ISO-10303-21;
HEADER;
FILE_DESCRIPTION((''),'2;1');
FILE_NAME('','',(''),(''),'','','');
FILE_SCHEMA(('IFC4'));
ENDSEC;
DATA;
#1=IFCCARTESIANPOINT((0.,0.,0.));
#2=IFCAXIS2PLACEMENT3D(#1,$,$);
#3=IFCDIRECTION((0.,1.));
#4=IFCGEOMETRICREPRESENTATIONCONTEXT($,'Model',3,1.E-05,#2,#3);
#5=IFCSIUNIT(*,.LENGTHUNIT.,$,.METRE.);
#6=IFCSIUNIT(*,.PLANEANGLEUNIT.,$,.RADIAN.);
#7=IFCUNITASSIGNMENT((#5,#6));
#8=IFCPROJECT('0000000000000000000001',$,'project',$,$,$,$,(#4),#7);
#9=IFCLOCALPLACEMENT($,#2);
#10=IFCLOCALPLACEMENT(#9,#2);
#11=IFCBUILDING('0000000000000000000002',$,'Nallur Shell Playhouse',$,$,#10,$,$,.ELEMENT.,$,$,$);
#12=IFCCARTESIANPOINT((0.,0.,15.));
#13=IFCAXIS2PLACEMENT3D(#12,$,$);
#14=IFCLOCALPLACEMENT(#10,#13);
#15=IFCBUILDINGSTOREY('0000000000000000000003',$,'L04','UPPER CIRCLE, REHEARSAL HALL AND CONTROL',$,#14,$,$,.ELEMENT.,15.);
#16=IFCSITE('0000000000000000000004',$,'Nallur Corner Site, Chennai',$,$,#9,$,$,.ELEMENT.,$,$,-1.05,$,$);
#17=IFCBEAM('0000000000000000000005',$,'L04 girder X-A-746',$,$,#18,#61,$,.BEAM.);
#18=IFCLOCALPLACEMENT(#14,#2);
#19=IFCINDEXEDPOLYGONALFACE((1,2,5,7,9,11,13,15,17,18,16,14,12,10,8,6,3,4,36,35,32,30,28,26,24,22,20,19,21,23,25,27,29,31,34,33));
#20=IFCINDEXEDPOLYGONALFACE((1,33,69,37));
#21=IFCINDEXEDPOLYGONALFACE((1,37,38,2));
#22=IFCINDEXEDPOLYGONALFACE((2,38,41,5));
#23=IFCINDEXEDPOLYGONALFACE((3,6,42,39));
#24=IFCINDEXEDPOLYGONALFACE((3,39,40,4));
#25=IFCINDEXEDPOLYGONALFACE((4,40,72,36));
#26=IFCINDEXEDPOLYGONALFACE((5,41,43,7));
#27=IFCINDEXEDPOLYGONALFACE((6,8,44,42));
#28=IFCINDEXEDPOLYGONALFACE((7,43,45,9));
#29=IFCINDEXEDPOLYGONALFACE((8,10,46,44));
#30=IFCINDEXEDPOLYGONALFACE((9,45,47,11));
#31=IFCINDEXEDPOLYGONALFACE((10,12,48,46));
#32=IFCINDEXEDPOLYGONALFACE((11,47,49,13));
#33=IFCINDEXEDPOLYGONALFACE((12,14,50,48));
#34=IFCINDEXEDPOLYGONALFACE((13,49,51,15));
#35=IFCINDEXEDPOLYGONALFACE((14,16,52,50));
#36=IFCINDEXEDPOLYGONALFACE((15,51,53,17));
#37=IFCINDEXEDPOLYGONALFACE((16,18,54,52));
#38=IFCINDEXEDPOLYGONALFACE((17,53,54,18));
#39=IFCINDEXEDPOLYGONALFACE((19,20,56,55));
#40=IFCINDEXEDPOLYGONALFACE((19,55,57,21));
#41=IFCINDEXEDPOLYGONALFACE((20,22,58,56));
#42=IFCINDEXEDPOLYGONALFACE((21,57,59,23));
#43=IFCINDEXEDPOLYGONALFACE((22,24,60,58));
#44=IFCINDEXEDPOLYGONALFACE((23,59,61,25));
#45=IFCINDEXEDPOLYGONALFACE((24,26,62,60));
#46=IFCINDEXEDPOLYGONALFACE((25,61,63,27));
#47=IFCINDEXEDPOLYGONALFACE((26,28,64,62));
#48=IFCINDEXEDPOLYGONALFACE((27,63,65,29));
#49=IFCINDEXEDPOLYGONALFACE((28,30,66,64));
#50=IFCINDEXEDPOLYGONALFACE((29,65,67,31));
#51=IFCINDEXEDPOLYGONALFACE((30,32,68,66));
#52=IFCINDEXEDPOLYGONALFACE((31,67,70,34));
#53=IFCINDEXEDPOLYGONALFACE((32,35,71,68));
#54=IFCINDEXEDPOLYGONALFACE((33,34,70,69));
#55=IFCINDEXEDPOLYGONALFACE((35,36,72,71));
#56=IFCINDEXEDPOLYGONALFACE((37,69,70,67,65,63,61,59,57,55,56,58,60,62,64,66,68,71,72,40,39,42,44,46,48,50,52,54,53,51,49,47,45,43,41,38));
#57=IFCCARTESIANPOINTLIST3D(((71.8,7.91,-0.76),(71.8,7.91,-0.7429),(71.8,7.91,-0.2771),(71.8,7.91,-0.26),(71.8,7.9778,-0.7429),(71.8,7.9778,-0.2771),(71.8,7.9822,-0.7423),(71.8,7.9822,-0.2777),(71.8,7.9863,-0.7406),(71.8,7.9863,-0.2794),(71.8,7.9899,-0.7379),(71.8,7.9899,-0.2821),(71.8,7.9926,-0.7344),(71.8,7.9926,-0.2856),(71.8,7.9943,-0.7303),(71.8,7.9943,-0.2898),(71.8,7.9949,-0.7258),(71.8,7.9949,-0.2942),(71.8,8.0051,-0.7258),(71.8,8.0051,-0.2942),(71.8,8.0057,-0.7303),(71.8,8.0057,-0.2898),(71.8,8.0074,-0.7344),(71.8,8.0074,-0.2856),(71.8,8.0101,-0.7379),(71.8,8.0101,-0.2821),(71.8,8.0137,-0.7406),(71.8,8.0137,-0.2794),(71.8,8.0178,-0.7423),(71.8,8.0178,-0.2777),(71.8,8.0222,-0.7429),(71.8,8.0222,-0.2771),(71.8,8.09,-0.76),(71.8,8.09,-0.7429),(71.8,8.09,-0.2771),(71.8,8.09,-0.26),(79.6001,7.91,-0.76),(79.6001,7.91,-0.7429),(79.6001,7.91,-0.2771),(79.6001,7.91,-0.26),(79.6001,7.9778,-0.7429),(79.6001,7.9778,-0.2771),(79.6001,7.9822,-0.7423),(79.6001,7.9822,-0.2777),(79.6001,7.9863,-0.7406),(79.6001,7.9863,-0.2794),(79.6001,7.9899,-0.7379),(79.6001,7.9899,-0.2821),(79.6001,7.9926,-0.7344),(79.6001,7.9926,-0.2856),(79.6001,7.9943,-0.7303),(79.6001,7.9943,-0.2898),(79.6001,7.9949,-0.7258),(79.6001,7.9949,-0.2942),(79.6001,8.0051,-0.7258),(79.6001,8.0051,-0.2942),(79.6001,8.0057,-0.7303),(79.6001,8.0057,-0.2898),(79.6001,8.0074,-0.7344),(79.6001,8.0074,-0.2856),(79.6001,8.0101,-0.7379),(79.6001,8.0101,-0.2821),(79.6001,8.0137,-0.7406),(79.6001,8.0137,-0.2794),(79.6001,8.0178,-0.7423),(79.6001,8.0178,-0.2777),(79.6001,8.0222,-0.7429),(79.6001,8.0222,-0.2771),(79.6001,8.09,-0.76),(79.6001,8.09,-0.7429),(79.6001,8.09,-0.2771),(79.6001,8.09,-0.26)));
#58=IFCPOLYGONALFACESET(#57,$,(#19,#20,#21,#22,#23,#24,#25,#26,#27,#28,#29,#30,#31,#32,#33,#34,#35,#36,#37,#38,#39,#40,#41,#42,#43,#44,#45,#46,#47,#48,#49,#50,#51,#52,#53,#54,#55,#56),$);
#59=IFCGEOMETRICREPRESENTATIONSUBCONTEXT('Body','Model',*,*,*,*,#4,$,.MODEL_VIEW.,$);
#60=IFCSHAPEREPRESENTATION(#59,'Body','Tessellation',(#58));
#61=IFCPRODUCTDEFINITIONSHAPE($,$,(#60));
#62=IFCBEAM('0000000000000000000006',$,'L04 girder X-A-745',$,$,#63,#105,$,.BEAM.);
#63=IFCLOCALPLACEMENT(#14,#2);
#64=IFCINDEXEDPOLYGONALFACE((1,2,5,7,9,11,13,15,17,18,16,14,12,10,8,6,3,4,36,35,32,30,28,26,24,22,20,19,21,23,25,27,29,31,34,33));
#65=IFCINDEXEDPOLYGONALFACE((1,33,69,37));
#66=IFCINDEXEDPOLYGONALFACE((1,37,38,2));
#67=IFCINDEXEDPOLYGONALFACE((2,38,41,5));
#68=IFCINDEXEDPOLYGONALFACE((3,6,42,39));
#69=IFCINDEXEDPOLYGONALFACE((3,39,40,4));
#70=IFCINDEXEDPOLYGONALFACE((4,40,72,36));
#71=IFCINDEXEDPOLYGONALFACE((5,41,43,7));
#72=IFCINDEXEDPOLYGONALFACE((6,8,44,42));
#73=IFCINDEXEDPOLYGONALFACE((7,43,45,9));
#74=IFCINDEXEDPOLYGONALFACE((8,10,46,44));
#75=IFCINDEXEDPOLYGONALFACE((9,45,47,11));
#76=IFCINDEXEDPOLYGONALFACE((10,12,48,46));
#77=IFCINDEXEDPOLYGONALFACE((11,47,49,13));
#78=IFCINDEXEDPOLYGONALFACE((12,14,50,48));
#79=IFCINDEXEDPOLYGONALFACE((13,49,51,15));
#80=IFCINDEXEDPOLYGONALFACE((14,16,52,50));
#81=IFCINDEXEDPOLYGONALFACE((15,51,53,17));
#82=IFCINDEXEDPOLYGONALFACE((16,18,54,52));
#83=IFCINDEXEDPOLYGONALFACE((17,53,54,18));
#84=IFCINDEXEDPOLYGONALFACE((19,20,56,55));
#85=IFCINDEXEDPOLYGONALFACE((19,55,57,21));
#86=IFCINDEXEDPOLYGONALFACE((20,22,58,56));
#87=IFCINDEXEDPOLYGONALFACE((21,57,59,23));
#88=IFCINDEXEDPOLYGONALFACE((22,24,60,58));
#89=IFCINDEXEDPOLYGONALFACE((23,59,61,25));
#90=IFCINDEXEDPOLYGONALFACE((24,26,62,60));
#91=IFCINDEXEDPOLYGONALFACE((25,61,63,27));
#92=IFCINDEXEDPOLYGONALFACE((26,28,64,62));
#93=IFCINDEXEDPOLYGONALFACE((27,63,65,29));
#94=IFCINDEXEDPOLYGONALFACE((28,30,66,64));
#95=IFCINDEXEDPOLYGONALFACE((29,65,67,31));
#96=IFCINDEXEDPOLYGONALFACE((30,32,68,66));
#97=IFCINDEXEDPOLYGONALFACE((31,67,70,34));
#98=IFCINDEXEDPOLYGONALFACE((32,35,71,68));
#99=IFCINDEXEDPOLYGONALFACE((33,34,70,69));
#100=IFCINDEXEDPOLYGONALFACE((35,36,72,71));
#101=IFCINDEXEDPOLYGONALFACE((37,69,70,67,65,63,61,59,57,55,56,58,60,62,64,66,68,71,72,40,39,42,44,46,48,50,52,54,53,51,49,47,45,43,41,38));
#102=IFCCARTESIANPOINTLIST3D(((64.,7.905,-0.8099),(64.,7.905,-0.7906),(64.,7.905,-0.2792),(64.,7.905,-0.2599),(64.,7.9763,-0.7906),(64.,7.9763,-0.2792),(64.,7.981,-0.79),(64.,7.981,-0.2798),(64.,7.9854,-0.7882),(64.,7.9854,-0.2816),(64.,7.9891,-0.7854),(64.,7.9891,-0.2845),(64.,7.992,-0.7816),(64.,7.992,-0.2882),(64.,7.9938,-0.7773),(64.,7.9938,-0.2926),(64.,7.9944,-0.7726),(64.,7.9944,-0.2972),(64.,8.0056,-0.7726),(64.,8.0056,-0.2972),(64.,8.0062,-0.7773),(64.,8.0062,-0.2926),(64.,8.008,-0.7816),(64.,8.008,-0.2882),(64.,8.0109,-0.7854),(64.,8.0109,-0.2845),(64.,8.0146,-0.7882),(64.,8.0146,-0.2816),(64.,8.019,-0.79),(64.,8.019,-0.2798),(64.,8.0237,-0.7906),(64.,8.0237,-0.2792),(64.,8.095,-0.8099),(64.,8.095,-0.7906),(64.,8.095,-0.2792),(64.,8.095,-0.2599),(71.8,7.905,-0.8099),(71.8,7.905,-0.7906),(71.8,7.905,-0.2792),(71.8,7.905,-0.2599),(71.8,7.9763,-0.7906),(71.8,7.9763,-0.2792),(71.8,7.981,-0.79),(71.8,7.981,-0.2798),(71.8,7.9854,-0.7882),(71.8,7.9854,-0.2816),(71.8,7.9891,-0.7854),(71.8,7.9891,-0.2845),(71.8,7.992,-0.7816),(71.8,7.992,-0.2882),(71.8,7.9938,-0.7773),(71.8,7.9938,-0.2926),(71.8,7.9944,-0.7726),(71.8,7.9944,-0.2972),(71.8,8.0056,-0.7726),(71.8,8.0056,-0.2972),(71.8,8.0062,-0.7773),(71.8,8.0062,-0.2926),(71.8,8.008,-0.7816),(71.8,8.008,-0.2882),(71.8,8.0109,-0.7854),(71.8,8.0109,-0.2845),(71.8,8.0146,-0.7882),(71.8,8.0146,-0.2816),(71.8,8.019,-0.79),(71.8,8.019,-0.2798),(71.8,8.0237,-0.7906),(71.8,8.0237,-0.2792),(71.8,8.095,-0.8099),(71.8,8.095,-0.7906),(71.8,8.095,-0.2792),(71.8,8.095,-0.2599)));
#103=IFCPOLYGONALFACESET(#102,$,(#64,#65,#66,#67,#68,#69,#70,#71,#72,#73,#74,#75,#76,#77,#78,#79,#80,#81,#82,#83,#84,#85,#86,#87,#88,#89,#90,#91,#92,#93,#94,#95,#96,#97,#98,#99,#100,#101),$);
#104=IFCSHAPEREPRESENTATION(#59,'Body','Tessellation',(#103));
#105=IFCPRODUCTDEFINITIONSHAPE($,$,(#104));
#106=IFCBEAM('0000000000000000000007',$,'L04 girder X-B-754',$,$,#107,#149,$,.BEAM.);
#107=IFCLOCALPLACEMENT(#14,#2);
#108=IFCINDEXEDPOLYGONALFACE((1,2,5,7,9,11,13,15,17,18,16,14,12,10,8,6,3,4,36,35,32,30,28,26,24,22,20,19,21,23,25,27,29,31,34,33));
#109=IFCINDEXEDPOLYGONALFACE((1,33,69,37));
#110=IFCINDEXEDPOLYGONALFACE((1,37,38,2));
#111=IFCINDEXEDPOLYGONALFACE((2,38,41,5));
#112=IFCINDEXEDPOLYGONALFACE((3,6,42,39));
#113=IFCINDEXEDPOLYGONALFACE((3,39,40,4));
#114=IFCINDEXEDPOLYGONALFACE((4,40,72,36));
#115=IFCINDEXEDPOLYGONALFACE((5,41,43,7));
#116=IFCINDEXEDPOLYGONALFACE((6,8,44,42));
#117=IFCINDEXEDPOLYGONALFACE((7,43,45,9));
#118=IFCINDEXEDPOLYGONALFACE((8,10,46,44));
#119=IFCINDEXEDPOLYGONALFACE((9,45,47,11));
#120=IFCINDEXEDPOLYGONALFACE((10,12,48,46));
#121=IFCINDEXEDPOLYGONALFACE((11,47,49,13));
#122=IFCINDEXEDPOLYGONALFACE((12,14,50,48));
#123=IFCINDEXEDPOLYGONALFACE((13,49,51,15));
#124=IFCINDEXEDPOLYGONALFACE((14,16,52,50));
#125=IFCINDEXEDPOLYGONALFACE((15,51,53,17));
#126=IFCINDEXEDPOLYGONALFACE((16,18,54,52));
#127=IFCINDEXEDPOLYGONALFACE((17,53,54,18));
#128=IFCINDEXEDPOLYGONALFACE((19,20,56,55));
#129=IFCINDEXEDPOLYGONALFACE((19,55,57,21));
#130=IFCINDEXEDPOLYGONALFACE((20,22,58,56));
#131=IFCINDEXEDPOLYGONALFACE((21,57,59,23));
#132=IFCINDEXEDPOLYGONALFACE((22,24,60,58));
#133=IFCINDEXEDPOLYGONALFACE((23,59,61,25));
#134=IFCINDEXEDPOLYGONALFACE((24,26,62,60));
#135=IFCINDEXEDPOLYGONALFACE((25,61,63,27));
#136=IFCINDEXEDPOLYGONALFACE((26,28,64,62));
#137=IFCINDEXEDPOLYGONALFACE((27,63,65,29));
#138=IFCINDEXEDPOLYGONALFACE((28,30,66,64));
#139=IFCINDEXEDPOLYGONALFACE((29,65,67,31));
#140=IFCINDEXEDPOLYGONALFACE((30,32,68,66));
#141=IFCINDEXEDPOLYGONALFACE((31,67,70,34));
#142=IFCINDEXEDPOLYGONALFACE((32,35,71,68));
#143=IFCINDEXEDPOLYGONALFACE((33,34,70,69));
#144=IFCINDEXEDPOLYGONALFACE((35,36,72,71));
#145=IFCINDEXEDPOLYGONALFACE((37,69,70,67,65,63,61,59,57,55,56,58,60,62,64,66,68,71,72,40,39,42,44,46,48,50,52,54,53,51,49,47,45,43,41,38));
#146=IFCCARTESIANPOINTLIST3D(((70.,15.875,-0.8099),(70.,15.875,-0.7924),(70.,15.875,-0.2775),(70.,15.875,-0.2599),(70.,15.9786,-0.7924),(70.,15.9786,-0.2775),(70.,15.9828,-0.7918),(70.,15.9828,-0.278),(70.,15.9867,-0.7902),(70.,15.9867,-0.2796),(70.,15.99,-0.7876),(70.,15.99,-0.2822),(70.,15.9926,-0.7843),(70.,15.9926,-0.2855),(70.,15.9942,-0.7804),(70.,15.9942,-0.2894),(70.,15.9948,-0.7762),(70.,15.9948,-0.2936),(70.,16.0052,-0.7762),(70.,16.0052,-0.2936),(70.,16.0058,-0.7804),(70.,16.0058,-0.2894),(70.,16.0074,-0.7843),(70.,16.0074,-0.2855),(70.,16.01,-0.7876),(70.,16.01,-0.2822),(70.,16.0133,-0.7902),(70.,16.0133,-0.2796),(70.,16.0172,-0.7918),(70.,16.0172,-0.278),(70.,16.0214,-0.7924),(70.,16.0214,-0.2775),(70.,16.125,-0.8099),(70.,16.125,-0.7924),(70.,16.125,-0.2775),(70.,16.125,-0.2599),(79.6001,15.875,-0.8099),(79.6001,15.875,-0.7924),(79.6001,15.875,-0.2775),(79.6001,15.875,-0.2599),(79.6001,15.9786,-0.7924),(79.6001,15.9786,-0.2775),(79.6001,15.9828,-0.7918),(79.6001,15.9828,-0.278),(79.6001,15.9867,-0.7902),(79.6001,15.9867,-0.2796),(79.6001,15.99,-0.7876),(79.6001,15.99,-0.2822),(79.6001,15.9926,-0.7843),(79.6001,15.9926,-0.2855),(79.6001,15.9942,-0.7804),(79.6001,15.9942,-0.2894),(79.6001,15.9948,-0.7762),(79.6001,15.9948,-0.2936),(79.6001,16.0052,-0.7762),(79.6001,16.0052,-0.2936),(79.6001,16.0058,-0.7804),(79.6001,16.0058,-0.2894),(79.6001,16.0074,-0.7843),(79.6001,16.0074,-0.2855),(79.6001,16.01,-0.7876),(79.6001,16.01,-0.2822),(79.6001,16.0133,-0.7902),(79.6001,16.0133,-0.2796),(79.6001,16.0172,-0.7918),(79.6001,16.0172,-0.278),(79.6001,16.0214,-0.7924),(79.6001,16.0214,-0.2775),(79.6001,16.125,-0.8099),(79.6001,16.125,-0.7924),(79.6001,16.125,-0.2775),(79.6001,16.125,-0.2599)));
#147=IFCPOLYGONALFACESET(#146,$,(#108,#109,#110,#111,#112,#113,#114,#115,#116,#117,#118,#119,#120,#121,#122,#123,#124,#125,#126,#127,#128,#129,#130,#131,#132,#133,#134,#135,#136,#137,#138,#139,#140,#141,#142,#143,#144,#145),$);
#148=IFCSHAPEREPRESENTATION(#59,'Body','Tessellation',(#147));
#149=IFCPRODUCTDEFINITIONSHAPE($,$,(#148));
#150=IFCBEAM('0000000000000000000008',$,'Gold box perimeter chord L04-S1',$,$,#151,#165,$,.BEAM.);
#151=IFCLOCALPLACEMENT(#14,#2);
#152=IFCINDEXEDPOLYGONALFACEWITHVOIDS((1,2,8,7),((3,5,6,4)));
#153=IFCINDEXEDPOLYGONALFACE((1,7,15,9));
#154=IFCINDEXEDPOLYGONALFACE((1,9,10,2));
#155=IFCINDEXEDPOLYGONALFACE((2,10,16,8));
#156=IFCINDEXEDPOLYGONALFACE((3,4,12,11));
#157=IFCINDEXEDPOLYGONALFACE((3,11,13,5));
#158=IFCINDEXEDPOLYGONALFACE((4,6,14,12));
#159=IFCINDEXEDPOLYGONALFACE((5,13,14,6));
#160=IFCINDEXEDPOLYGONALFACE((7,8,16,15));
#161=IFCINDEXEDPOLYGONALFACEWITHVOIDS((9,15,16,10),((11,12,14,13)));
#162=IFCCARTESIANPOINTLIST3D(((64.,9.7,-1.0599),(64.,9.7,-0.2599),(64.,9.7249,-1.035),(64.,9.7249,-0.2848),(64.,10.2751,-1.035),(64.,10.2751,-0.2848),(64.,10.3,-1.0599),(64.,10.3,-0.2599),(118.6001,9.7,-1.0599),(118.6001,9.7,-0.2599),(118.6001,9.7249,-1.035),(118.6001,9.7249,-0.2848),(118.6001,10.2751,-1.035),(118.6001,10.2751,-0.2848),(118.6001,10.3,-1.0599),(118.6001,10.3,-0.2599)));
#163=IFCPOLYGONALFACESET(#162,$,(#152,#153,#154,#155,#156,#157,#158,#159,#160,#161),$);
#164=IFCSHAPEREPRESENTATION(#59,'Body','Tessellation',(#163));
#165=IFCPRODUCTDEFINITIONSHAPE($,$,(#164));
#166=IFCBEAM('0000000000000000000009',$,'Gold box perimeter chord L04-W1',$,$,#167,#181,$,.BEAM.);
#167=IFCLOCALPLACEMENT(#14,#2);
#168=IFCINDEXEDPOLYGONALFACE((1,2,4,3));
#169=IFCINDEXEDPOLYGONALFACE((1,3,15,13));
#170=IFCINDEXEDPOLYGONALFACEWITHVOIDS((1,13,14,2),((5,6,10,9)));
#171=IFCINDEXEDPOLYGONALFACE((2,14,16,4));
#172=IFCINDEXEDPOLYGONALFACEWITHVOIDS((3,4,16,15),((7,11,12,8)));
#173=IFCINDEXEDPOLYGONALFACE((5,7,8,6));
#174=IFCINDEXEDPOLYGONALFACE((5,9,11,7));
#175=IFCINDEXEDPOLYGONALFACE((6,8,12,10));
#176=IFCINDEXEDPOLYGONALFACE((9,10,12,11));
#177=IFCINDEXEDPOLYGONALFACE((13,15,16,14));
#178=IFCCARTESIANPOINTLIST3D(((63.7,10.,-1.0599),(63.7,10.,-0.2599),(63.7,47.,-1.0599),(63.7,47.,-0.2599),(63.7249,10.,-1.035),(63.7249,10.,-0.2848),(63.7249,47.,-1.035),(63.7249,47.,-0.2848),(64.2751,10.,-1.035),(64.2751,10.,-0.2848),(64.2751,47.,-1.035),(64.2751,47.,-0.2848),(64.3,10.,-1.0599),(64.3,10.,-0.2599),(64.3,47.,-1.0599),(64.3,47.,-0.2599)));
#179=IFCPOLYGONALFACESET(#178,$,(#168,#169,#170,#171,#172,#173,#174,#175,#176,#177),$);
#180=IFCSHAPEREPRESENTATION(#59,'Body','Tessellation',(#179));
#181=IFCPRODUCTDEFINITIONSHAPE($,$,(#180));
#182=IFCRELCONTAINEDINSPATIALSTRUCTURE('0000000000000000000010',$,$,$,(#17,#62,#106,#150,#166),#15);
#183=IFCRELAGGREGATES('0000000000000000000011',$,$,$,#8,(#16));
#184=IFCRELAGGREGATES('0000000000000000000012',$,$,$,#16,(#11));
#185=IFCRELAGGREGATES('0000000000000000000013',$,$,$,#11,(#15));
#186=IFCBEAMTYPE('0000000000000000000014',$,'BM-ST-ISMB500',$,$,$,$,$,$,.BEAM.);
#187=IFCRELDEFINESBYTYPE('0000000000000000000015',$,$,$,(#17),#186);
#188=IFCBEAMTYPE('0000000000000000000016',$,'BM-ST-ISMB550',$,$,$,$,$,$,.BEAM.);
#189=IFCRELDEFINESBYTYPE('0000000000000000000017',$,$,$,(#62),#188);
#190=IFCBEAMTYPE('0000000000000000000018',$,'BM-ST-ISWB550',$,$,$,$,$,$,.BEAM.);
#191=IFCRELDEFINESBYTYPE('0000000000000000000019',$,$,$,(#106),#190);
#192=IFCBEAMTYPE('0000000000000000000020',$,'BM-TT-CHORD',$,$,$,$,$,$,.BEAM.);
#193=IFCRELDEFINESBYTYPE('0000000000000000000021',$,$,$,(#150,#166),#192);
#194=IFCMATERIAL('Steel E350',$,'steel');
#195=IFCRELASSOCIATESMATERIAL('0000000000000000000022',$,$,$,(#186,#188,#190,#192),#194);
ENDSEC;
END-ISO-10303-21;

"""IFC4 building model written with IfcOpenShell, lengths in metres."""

from ifc_helpers import new_model, si_unit, direction, frame, origin, origin_2d, place, context, subcontext, project, spatial, hollow_rectangle, i_section, extrude, material, material_profile, profile_set, type_object, element, save


model = new_model("IFC4")

# Units and contexts
model_context = context("Model", 3, precision=1e-05, world=origin(), true_north=direction((0.0, 1.0)))
body_context = subcontext(model_context, "Body", "Model", "MODEL_VIEW")
ifc_project = project(units=[si_unit("LENGTHUNIT", "METRE"), si_unit("PLANEANGLEUNIT", "RADIAN")], contexts=[model_context])

# Site, building, storey
site_placement = place(None, origin())
site = spatial("IfcSite", under=ifc_project, at=site_placement, Name="Nallur Corner Site, Chennai", CompositionType="ELEMENT", RefElevation=-1.05)
building_placement = place(site_placement, origin())
building = spatial("IfcBuilding", under=site, at=building_placement, Name="Nallur Shell Playhouse", CompositionType="ELEMENT")
storey_placement = place(building_placement, frame((0.0, 0.0, 15.0)))
storey = spatial("IfcBuildingStorey", under=building, at=storey_placement, Name="L04", Description="UPPER CIRCLE, REHEARSAL HALL AND CONTROL", CompositionType="ELEMENT", Elevation=15.0)

# Beams
ifc_material_1 = material(Name="Steel E350", Category="steel")
ifc_material_profile_1 = material_profile(ifc_material_1, i_section(OverallWidth=0.1799, OverallDepth=0.5, WebThickness=0.0103, FlangeThickness=0.0171, FilletRadius=0.0171, at=origin_2d()), Name="ISMB 500")
ifc_profile_set_1 = profile_set([ifc_material_profile_1], Name="Steel E350")
beam_type_1 = type_object("IfcBeamType", Name="BM-ST-ISMB500", PredefinedType="BEAM", material=ifc_profile_set_1)
beam_1_placement = place(storey_placement, frame((71.8, 8.0, -0.51), z_axis=(1.0, 0.0, 0.0), x_axis=(0.0, 1.0, 0.0)))
element("IfcBeam", 1, at=beam_1_placement, inside=storey, type_object=beam_type_1, Name="L04 girder X-A-746", PredefinedType="BEAM", context=body_context, shape_type="SweptSolid", body=[
    extrude(i_section(OverallWidth=0.1799, OverallDepth=0.5, WebThickness=0.0103, FlangeThickness=0.0171, FilletRadius=0.0171, at=origin_2d()), origin(), (0.0, 0.0, 1.0), 7.8),
])
ifc_material_profile_2 = material_profile(ifc_material_1, i_section(OverallWidth=0.1899, OverallDepth=0.55, WebThickness=0.0112, FlangeThickness=0.0193, FilletRadius=0.0181, at=origin_2d()), Name="ISMB 550")
ifc_profile_set_2 = profile_set([ifc_material_profile_2], Name="Steel E350")
beam_type_2 = type_object("IfcBeamType", Name="BM-ST-ISMB550", PredefinedType="BEAM", material=ifc_profile_set_2)
beam_2_placement = place(storey_placement, frame((64.0, 8.0, -0.5349), z_axis=(1.0, 0.0, 0.0), x_axis=(0.0, 1.0, 0.0)))
element("IfcBeam", 2, at=beam_2_placement, inside=storey, type_object=beam_type_2, Name="L04 girder X-A-745", PredefinedType="BEAM", context=body_context, shape_type="SweptSolid", body=[
    extrude(i_section(OverallWidth=0.1899, OverallDepth=0.55, WebThickness=0.0112, FlangeThickness=0.0193, FilletRadius=0.0181, at=origin_2d()), origin(), (0.0, 0.0, 1.0), 7.8),
])
ifc_material_profile_3 = material_profile(ifc_material_1, i_section(OverallWidth=0.25, OverallDepth=0.55, WebThickness=0.0105, FlangeThickness=0.0176, FilletRadius=0.0161, at=origin_2d()), Name="ISWB 550")
ifc_profile_set_3 = profile_set([ifc_material_profile_3], Name="Steel E350")
beam_type_3 = type_object("IfcBeamType", Name="BM-ST-ISWB550", PredefinedType="BEAM", material=ifc_profile_set_3)
beam_3_placement = place(storey_placement, frame((70.0, 16.0, -0.5349), z_axis=(1.0, 0.0, 0.0), x_axis=(0.0, 1.0, 0.0)))
element("IfcBeam", 3, at=beam_3_placement, inside=storey, type_object=beam_type_3, Name="L04 girder X-B-754", PredefinedType="BEAM", context=body_context, shape_type="SweptSolid", body=[
    extrude(i_section(OverallWidth=0.25, OverallDepth=0.55, WebThickness=0.0105, FlangeThickness=0.0176, FilletRadius=0.0161, at=origin_2d()), origin(), (0.0, 0.0, 1.0), 9.6001),
])
ifc_material_profile_4 = material_profile(ifc_material_1, hollow_rectangle(XDim=0.6001, YDim=0.8, WallThickness=0.0249, at=origin_2d()), Name="BOX 600x800x25")
ifc_profile_set_4 = profile_set([ifc_material_profile_4], Name="Steel E350")
beam_type_4 = type_object("IfcBeamType", Name="BM-TT-CHORD", PredefinedType="BEAM", material=ifc_profile_set_4)
beam_4_placement = place(storey_placement, frame((64.0, 10.0, -0.6599), z_axis=(1.0, 0.0, 0.0), x_axis=(0.0, 1.0, 0.0)))
element("IfcBeam", 4, at=beam_4_placement, inside=storey, type_object=beam_type_4, Name="Gold box perimeter chord L04-S1", PredefinedType="BEAM", context=body_context, shape_type="SweptSolid", body=[
    extrude(hollow_rectangle(XDim=0.6001, YDim=0.8, WallThickness=0.0249, at=origin_2d()), origin(), (0.0, 0.0, 1.0), 54.6001),
])
beam_5_placement = place(storey_placement, frame((64.0, 10.0, -0.6599), z_axis=(0.0, 1.0, 0.0), x_axis=(-1.0, 0.0, 0.0)))
element("IfcBeam", 5, at=beam_5_placement, inside=storey, type_object=beam_type_4, Name="Gold box perimeter chord L04-W1", PredefinedType="BEAM", context=body_context, shape_type="SweptSolid", body=[
    extrude(hollow_rectangle(XDim=0.6001, YDim=0.8, WallThickness=0.0249, at=origin_2d()), origin(), (0.0, 0.0, 1.0), 37.0),
])

save(model, "model.ifc")
